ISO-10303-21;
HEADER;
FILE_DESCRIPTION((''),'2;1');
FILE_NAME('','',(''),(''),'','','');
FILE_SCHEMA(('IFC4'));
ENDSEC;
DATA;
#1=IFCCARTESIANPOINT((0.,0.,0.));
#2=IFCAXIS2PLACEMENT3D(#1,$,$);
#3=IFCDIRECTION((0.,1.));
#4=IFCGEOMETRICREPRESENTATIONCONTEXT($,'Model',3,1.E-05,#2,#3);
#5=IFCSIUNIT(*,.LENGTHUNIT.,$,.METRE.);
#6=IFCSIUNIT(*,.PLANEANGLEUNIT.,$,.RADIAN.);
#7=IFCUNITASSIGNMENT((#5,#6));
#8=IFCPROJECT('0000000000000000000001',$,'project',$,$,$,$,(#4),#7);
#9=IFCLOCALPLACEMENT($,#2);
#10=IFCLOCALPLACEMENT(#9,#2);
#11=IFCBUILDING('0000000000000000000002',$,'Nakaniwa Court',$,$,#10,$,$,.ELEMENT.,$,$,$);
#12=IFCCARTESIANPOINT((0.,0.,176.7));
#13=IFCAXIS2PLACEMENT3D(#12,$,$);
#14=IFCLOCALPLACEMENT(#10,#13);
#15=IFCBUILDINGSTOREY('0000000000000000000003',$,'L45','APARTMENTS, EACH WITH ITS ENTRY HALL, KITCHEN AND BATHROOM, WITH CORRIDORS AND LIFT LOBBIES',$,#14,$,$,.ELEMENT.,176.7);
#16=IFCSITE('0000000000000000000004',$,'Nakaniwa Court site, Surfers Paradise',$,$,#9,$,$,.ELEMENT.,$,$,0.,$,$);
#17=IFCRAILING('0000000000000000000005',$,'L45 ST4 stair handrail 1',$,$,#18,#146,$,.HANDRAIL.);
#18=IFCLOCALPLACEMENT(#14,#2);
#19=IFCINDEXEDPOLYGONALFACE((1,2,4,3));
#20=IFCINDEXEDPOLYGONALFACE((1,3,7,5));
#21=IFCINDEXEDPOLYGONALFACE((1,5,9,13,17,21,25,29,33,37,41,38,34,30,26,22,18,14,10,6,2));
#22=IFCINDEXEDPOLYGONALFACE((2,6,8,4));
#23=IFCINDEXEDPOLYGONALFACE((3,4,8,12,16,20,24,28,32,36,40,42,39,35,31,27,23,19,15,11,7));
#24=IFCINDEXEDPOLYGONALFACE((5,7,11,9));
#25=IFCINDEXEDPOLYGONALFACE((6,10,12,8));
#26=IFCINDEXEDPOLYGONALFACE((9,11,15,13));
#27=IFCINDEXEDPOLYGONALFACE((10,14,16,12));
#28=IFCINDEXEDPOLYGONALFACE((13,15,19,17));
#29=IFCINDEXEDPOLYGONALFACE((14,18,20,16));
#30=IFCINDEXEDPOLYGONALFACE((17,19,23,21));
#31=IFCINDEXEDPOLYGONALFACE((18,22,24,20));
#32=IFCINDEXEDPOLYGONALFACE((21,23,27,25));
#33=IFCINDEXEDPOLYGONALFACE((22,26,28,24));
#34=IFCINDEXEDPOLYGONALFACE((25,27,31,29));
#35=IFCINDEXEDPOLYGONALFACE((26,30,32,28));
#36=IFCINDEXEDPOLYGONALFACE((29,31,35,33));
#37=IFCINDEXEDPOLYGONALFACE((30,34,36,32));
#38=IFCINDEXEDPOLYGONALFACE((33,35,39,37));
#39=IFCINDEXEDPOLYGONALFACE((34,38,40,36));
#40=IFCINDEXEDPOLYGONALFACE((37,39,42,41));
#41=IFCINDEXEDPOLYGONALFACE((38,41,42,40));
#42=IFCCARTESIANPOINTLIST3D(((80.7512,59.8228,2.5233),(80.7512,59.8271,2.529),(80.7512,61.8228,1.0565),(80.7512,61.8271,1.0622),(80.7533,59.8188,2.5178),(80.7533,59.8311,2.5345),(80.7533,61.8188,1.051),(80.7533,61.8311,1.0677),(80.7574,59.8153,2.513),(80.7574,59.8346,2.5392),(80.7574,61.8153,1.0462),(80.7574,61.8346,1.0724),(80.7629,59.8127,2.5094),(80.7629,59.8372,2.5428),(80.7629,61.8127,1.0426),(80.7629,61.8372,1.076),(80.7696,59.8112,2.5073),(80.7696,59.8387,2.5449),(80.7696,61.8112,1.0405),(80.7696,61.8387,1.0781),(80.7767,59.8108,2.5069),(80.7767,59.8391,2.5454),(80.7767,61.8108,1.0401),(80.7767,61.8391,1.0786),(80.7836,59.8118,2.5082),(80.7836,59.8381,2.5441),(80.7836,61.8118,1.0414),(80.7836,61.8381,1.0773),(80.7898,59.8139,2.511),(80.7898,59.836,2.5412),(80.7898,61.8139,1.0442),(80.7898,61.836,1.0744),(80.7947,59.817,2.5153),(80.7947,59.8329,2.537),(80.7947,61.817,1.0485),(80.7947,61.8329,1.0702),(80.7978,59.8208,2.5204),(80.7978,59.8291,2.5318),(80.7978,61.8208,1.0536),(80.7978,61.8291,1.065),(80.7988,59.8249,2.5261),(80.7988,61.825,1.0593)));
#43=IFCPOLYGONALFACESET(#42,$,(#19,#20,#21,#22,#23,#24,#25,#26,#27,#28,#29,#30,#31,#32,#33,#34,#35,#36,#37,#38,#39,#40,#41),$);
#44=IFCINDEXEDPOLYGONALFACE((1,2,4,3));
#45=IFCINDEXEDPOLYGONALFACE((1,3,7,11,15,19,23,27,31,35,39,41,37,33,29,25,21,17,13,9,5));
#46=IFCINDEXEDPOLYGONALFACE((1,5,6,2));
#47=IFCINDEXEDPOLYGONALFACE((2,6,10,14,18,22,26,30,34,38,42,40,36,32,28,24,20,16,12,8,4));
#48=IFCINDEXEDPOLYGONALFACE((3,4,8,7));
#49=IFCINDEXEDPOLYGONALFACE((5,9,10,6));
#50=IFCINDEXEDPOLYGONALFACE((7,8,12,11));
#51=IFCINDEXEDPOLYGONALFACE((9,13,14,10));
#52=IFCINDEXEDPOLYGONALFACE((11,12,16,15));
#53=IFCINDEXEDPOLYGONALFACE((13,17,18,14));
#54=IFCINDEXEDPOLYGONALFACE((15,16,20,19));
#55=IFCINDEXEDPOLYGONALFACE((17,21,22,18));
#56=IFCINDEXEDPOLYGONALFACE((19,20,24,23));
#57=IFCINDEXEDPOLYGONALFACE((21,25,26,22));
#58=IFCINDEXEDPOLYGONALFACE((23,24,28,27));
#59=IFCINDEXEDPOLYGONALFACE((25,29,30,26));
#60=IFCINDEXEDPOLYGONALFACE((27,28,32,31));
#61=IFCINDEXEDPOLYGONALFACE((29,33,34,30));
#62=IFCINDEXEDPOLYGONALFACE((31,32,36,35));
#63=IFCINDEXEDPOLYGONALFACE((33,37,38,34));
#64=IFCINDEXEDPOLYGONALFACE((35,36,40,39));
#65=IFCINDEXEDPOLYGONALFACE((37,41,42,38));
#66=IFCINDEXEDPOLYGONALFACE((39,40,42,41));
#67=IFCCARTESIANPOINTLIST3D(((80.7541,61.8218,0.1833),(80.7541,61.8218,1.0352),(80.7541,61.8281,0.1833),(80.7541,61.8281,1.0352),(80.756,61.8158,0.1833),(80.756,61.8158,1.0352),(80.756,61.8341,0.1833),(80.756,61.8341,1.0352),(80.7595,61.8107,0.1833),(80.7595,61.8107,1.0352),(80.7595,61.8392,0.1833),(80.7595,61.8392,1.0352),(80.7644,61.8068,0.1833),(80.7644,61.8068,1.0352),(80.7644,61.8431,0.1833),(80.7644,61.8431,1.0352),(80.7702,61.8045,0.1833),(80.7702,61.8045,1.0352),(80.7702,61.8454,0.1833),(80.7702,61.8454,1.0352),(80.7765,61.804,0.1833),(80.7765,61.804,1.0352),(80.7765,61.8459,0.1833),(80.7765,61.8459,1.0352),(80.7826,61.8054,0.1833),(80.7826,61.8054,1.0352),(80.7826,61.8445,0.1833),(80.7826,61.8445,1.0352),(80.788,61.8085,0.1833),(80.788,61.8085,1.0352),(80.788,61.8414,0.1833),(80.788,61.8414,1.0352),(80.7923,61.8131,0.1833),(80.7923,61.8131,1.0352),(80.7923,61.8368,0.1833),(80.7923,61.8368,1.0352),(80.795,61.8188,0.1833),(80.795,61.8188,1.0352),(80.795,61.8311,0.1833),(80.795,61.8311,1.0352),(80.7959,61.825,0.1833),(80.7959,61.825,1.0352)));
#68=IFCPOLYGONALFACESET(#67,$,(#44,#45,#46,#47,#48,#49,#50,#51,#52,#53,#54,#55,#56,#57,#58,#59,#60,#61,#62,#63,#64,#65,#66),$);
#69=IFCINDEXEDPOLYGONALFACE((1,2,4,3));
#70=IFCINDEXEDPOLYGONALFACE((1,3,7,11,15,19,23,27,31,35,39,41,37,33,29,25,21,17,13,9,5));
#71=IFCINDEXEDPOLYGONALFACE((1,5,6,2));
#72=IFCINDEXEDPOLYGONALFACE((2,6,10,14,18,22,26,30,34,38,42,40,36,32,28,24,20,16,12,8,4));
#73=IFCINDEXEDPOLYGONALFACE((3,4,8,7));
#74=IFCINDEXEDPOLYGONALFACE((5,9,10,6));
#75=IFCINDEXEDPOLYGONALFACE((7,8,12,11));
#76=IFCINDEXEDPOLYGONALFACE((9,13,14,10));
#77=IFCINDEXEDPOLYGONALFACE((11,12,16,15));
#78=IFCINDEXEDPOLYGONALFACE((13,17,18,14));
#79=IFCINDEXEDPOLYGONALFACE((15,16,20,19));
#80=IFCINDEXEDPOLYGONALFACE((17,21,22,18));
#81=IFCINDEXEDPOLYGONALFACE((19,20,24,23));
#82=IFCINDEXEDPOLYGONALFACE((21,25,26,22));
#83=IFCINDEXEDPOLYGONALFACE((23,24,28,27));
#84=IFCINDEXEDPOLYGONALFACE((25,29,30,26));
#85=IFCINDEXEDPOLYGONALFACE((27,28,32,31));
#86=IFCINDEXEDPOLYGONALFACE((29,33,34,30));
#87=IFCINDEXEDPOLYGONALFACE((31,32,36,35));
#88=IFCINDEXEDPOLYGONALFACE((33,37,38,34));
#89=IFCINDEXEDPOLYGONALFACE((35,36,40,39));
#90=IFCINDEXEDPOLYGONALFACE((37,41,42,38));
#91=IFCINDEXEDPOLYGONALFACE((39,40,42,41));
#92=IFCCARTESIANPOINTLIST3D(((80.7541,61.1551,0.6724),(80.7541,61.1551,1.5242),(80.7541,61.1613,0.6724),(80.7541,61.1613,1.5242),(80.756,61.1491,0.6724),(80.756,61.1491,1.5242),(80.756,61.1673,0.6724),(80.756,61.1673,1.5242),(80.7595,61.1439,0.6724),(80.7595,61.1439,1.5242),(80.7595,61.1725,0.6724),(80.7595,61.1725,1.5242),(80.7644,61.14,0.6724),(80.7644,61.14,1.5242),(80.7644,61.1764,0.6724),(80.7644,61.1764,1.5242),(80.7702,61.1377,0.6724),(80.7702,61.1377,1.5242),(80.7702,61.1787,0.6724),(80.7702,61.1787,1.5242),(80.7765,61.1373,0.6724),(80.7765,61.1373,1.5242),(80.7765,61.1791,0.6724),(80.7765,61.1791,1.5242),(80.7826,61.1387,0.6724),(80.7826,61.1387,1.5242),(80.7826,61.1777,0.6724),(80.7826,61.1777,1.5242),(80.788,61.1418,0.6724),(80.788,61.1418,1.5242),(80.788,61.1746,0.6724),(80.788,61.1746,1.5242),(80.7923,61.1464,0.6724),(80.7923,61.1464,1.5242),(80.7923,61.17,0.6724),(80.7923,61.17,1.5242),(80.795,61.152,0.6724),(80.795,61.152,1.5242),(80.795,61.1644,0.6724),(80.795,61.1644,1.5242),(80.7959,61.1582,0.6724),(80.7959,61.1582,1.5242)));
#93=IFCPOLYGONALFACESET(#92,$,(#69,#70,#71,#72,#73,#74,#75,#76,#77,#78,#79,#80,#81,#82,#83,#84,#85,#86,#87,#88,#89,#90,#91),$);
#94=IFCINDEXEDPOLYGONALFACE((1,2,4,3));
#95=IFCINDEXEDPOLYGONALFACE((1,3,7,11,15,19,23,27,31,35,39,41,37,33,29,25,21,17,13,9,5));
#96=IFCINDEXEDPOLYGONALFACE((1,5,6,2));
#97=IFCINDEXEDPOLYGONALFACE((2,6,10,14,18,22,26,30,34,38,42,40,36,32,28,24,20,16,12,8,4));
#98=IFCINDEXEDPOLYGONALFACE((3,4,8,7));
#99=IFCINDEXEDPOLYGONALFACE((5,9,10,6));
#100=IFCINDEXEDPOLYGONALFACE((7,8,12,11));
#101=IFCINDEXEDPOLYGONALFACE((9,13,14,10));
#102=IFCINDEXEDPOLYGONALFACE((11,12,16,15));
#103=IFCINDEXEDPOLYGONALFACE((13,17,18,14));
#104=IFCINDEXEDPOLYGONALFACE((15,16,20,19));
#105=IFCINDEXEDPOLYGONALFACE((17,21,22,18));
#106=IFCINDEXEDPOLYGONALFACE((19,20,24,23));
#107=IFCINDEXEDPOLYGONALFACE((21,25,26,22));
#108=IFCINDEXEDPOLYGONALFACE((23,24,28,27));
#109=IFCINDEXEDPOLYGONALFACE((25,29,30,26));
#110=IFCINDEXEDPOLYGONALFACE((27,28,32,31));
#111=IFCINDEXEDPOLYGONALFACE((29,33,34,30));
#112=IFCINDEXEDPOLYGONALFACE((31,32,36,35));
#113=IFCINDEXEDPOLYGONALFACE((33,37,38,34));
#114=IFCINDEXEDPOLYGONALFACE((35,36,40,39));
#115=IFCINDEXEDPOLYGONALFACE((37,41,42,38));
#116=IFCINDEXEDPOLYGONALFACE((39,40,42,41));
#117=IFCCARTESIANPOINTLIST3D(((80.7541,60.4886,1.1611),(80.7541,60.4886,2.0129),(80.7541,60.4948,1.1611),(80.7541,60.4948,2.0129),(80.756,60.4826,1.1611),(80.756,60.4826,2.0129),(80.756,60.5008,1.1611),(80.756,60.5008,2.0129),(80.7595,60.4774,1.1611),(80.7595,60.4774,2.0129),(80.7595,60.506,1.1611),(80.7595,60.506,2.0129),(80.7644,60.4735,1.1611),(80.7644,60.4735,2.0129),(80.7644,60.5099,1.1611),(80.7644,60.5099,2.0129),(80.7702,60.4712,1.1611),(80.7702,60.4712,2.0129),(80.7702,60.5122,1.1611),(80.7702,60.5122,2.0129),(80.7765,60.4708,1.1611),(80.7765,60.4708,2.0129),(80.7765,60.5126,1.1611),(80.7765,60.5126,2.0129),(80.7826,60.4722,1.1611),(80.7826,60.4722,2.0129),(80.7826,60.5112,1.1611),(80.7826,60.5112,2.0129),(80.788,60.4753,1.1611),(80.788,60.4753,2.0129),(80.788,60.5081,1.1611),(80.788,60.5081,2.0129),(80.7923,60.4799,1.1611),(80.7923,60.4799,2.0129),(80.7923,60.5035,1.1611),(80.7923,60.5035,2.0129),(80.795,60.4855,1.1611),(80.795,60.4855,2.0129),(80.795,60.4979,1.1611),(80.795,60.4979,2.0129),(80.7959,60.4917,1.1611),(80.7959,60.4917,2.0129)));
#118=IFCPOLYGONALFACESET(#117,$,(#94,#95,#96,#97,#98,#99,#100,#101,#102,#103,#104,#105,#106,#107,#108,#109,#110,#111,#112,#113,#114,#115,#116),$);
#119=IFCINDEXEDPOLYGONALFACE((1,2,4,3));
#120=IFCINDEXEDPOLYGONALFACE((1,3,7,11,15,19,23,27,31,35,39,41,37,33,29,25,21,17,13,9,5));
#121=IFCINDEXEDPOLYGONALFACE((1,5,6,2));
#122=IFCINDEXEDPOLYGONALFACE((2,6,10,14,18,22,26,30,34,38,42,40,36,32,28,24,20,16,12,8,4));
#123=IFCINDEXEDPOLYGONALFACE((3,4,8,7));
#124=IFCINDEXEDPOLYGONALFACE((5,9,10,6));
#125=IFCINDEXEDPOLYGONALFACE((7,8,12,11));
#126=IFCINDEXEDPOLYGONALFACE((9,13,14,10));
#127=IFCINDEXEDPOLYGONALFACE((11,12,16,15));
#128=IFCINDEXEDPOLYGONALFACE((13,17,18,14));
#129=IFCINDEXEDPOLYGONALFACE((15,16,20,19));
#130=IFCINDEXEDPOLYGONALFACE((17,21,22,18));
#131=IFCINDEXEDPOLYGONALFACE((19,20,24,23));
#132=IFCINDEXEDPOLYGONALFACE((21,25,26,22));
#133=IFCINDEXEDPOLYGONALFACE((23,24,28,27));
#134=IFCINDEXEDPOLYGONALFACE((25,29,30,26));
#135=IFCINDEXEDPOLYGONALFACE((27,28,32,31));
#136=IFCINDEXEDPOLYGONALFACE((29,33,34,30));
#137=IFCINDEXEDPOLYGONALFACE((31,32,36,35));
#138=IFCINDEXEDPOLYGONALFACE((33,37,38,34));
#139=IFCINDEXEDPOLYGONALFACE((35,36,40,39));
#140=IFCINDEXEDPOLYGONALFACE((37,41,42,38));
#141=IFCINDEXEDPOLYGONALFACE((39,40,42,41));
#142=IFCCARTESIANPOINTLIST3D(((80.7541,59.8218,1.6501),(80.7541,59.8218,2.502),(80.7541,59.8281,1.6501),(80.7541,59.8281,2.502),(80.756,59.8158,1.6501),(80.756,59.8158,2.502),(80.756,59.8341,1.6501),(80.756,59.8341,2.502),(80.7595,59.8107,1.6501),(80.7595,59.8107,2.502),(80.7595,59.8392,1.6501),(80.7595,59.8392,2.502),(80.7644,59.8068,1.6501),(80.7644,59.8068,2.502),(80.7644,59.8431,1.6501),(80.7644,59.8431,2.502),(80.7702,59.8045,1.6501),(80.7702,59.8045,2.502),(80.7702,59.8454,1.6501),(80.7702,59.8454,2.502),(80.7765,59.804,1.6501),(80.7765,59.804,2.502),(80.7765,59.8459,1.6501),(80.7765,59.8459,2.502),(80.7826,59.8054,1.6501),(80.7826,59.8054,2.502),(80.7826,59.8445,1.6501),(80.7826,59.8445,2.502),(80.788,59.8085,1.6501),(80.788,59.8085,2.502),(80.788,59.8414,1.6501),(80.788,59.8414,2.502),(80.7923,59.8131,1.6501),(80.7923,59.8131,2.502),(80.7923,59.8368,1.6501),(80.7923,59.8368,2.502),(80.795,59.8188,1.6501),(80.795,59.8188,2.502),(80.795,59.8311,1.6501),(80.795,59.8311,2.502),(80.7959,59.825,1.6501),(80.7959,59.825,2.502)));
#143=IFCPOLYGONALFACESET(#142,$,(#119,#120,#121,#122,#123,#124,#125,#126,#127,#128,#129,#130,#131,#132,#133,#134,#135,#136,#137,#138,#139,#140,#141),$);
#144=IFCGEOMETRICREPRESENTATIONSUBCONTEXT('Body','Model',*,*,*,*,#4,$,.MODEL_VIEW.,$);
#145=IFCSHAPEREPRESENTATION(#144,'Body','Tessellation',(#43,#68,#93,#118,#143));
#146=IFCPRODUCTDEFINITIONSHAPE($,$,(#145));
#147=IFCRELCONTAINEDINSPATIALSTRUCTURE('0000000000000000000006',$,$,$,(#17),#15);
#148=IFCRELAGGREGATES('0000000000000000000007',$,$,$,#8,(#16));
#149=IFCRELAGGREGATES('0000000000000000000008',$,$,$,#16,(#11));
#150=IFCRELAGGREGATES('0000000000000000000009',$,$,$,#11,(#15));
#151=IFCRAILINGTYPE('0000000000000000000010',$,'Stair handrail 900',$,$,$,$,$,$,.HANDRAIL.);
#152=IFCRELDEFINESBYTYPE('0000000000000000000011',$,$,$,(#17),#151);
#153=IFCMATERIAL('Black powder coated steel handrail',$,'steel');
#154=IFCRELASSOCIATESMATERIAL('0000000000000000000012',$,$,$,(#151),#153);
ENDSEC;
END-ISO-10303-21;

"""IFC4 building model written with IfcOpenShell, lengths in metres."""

from ifc_helpers import new_model, si_unit, direction, frame, origin, origin_2d, place, context, subcontext, project, spatial, circle, extrude, material, type_object, element, save


model = new_model("IFC4")

# Units and contexts
model_context = context("Model", 3, precision=1e-05, world=origin(), true_north=direction((0.0, 1.0)))
body_context = subcontext(model_context, "Body", "Model", "MODEL_VIEW")
ifc_project = project(units=[si_unit("LENGTHUNIT", "METRE"), si_unit("PLANEANGLEUNIT", "RADIAN")], contexts=[model_context])

# Site, building, storey
site_placement = place(None, origin())
site = spatial("IfcSite", under=ifc_project, at=site_placement, Name="Nakaniwa Court site, Surfers Paradise", CompositionType="ELEMENT", RefElevation=0.0)
building_placement = place(site_placement, origin())
building = spatial("IfcBuilding", under=site, at=building_placement, Name="Nakaniwa Court", CompositionType="ELEMENT")
storey_placement = place(building_placement, frame((0.0, 0.0, 176.7)))
storey = spatial("IfcBuildingStorey", under=building, at=storey_placement, Name="L45", Description="APARTMENTS, EACH WITH ITS ENTRY HALL, KITCHEN AND BATHROOM, WITH CORRIDORS AND LIFT LOBBIES", CompositionType="ELEMENT", Elevation=176.7)

# Railing
ifc_material_1 = material(Name="Black powder coated steel handrail", Category="steel")
railing_type_1 = type_object("IfcRailingType", Name="Stair handrail 900", PredefinedType="HANDRAIL", material=ifc_material_1)
railing_1_placement = place(storey_placement, frame((80.7749, 61.825, 0.1833)))
element("IfcRailing", 1, at=railing_1_placement, inside=storey, type_object=railing_type_1, Name="L45 ST4 stair handrail 1", PredefinedType="HANDRAIL", context=body_context, shape_type="SweptSolid", body=[
    extrude(circle(Radius=0.0239, at=origin_2d()), frame((0.0, 0.0, 0.876), z_axis=(0.0, -0.80638, 0.591398), x_axis=(1.0, 0.0, 0.0)), (0.0, 0.0, 1.0), 2.4802),
    extrude(circle(Radius=0.021, at=origin_2d()), origin(), (0.0, 0.0, 1.0), 0.8518),
    extrude(circle(Radius=0.021, at=origin_2d()), frame((0.0, -0.6667, 0.489)), (0.0, 0.0, 1.0), 0.8518),
    extrude(circle(Radius=0.021, at=origin_2d()), frame((0.0, -1.3333, 0.9778)), (0.0, 0.0, 1.0), 0.8518),
    extrude(circle(Radius=0.021, at=origin_2d()), frame((0.0, -2.0, 1.4668)), (0.0, 0.0, 1.0), 0.8518),
])

save(model, "model.ifc")
